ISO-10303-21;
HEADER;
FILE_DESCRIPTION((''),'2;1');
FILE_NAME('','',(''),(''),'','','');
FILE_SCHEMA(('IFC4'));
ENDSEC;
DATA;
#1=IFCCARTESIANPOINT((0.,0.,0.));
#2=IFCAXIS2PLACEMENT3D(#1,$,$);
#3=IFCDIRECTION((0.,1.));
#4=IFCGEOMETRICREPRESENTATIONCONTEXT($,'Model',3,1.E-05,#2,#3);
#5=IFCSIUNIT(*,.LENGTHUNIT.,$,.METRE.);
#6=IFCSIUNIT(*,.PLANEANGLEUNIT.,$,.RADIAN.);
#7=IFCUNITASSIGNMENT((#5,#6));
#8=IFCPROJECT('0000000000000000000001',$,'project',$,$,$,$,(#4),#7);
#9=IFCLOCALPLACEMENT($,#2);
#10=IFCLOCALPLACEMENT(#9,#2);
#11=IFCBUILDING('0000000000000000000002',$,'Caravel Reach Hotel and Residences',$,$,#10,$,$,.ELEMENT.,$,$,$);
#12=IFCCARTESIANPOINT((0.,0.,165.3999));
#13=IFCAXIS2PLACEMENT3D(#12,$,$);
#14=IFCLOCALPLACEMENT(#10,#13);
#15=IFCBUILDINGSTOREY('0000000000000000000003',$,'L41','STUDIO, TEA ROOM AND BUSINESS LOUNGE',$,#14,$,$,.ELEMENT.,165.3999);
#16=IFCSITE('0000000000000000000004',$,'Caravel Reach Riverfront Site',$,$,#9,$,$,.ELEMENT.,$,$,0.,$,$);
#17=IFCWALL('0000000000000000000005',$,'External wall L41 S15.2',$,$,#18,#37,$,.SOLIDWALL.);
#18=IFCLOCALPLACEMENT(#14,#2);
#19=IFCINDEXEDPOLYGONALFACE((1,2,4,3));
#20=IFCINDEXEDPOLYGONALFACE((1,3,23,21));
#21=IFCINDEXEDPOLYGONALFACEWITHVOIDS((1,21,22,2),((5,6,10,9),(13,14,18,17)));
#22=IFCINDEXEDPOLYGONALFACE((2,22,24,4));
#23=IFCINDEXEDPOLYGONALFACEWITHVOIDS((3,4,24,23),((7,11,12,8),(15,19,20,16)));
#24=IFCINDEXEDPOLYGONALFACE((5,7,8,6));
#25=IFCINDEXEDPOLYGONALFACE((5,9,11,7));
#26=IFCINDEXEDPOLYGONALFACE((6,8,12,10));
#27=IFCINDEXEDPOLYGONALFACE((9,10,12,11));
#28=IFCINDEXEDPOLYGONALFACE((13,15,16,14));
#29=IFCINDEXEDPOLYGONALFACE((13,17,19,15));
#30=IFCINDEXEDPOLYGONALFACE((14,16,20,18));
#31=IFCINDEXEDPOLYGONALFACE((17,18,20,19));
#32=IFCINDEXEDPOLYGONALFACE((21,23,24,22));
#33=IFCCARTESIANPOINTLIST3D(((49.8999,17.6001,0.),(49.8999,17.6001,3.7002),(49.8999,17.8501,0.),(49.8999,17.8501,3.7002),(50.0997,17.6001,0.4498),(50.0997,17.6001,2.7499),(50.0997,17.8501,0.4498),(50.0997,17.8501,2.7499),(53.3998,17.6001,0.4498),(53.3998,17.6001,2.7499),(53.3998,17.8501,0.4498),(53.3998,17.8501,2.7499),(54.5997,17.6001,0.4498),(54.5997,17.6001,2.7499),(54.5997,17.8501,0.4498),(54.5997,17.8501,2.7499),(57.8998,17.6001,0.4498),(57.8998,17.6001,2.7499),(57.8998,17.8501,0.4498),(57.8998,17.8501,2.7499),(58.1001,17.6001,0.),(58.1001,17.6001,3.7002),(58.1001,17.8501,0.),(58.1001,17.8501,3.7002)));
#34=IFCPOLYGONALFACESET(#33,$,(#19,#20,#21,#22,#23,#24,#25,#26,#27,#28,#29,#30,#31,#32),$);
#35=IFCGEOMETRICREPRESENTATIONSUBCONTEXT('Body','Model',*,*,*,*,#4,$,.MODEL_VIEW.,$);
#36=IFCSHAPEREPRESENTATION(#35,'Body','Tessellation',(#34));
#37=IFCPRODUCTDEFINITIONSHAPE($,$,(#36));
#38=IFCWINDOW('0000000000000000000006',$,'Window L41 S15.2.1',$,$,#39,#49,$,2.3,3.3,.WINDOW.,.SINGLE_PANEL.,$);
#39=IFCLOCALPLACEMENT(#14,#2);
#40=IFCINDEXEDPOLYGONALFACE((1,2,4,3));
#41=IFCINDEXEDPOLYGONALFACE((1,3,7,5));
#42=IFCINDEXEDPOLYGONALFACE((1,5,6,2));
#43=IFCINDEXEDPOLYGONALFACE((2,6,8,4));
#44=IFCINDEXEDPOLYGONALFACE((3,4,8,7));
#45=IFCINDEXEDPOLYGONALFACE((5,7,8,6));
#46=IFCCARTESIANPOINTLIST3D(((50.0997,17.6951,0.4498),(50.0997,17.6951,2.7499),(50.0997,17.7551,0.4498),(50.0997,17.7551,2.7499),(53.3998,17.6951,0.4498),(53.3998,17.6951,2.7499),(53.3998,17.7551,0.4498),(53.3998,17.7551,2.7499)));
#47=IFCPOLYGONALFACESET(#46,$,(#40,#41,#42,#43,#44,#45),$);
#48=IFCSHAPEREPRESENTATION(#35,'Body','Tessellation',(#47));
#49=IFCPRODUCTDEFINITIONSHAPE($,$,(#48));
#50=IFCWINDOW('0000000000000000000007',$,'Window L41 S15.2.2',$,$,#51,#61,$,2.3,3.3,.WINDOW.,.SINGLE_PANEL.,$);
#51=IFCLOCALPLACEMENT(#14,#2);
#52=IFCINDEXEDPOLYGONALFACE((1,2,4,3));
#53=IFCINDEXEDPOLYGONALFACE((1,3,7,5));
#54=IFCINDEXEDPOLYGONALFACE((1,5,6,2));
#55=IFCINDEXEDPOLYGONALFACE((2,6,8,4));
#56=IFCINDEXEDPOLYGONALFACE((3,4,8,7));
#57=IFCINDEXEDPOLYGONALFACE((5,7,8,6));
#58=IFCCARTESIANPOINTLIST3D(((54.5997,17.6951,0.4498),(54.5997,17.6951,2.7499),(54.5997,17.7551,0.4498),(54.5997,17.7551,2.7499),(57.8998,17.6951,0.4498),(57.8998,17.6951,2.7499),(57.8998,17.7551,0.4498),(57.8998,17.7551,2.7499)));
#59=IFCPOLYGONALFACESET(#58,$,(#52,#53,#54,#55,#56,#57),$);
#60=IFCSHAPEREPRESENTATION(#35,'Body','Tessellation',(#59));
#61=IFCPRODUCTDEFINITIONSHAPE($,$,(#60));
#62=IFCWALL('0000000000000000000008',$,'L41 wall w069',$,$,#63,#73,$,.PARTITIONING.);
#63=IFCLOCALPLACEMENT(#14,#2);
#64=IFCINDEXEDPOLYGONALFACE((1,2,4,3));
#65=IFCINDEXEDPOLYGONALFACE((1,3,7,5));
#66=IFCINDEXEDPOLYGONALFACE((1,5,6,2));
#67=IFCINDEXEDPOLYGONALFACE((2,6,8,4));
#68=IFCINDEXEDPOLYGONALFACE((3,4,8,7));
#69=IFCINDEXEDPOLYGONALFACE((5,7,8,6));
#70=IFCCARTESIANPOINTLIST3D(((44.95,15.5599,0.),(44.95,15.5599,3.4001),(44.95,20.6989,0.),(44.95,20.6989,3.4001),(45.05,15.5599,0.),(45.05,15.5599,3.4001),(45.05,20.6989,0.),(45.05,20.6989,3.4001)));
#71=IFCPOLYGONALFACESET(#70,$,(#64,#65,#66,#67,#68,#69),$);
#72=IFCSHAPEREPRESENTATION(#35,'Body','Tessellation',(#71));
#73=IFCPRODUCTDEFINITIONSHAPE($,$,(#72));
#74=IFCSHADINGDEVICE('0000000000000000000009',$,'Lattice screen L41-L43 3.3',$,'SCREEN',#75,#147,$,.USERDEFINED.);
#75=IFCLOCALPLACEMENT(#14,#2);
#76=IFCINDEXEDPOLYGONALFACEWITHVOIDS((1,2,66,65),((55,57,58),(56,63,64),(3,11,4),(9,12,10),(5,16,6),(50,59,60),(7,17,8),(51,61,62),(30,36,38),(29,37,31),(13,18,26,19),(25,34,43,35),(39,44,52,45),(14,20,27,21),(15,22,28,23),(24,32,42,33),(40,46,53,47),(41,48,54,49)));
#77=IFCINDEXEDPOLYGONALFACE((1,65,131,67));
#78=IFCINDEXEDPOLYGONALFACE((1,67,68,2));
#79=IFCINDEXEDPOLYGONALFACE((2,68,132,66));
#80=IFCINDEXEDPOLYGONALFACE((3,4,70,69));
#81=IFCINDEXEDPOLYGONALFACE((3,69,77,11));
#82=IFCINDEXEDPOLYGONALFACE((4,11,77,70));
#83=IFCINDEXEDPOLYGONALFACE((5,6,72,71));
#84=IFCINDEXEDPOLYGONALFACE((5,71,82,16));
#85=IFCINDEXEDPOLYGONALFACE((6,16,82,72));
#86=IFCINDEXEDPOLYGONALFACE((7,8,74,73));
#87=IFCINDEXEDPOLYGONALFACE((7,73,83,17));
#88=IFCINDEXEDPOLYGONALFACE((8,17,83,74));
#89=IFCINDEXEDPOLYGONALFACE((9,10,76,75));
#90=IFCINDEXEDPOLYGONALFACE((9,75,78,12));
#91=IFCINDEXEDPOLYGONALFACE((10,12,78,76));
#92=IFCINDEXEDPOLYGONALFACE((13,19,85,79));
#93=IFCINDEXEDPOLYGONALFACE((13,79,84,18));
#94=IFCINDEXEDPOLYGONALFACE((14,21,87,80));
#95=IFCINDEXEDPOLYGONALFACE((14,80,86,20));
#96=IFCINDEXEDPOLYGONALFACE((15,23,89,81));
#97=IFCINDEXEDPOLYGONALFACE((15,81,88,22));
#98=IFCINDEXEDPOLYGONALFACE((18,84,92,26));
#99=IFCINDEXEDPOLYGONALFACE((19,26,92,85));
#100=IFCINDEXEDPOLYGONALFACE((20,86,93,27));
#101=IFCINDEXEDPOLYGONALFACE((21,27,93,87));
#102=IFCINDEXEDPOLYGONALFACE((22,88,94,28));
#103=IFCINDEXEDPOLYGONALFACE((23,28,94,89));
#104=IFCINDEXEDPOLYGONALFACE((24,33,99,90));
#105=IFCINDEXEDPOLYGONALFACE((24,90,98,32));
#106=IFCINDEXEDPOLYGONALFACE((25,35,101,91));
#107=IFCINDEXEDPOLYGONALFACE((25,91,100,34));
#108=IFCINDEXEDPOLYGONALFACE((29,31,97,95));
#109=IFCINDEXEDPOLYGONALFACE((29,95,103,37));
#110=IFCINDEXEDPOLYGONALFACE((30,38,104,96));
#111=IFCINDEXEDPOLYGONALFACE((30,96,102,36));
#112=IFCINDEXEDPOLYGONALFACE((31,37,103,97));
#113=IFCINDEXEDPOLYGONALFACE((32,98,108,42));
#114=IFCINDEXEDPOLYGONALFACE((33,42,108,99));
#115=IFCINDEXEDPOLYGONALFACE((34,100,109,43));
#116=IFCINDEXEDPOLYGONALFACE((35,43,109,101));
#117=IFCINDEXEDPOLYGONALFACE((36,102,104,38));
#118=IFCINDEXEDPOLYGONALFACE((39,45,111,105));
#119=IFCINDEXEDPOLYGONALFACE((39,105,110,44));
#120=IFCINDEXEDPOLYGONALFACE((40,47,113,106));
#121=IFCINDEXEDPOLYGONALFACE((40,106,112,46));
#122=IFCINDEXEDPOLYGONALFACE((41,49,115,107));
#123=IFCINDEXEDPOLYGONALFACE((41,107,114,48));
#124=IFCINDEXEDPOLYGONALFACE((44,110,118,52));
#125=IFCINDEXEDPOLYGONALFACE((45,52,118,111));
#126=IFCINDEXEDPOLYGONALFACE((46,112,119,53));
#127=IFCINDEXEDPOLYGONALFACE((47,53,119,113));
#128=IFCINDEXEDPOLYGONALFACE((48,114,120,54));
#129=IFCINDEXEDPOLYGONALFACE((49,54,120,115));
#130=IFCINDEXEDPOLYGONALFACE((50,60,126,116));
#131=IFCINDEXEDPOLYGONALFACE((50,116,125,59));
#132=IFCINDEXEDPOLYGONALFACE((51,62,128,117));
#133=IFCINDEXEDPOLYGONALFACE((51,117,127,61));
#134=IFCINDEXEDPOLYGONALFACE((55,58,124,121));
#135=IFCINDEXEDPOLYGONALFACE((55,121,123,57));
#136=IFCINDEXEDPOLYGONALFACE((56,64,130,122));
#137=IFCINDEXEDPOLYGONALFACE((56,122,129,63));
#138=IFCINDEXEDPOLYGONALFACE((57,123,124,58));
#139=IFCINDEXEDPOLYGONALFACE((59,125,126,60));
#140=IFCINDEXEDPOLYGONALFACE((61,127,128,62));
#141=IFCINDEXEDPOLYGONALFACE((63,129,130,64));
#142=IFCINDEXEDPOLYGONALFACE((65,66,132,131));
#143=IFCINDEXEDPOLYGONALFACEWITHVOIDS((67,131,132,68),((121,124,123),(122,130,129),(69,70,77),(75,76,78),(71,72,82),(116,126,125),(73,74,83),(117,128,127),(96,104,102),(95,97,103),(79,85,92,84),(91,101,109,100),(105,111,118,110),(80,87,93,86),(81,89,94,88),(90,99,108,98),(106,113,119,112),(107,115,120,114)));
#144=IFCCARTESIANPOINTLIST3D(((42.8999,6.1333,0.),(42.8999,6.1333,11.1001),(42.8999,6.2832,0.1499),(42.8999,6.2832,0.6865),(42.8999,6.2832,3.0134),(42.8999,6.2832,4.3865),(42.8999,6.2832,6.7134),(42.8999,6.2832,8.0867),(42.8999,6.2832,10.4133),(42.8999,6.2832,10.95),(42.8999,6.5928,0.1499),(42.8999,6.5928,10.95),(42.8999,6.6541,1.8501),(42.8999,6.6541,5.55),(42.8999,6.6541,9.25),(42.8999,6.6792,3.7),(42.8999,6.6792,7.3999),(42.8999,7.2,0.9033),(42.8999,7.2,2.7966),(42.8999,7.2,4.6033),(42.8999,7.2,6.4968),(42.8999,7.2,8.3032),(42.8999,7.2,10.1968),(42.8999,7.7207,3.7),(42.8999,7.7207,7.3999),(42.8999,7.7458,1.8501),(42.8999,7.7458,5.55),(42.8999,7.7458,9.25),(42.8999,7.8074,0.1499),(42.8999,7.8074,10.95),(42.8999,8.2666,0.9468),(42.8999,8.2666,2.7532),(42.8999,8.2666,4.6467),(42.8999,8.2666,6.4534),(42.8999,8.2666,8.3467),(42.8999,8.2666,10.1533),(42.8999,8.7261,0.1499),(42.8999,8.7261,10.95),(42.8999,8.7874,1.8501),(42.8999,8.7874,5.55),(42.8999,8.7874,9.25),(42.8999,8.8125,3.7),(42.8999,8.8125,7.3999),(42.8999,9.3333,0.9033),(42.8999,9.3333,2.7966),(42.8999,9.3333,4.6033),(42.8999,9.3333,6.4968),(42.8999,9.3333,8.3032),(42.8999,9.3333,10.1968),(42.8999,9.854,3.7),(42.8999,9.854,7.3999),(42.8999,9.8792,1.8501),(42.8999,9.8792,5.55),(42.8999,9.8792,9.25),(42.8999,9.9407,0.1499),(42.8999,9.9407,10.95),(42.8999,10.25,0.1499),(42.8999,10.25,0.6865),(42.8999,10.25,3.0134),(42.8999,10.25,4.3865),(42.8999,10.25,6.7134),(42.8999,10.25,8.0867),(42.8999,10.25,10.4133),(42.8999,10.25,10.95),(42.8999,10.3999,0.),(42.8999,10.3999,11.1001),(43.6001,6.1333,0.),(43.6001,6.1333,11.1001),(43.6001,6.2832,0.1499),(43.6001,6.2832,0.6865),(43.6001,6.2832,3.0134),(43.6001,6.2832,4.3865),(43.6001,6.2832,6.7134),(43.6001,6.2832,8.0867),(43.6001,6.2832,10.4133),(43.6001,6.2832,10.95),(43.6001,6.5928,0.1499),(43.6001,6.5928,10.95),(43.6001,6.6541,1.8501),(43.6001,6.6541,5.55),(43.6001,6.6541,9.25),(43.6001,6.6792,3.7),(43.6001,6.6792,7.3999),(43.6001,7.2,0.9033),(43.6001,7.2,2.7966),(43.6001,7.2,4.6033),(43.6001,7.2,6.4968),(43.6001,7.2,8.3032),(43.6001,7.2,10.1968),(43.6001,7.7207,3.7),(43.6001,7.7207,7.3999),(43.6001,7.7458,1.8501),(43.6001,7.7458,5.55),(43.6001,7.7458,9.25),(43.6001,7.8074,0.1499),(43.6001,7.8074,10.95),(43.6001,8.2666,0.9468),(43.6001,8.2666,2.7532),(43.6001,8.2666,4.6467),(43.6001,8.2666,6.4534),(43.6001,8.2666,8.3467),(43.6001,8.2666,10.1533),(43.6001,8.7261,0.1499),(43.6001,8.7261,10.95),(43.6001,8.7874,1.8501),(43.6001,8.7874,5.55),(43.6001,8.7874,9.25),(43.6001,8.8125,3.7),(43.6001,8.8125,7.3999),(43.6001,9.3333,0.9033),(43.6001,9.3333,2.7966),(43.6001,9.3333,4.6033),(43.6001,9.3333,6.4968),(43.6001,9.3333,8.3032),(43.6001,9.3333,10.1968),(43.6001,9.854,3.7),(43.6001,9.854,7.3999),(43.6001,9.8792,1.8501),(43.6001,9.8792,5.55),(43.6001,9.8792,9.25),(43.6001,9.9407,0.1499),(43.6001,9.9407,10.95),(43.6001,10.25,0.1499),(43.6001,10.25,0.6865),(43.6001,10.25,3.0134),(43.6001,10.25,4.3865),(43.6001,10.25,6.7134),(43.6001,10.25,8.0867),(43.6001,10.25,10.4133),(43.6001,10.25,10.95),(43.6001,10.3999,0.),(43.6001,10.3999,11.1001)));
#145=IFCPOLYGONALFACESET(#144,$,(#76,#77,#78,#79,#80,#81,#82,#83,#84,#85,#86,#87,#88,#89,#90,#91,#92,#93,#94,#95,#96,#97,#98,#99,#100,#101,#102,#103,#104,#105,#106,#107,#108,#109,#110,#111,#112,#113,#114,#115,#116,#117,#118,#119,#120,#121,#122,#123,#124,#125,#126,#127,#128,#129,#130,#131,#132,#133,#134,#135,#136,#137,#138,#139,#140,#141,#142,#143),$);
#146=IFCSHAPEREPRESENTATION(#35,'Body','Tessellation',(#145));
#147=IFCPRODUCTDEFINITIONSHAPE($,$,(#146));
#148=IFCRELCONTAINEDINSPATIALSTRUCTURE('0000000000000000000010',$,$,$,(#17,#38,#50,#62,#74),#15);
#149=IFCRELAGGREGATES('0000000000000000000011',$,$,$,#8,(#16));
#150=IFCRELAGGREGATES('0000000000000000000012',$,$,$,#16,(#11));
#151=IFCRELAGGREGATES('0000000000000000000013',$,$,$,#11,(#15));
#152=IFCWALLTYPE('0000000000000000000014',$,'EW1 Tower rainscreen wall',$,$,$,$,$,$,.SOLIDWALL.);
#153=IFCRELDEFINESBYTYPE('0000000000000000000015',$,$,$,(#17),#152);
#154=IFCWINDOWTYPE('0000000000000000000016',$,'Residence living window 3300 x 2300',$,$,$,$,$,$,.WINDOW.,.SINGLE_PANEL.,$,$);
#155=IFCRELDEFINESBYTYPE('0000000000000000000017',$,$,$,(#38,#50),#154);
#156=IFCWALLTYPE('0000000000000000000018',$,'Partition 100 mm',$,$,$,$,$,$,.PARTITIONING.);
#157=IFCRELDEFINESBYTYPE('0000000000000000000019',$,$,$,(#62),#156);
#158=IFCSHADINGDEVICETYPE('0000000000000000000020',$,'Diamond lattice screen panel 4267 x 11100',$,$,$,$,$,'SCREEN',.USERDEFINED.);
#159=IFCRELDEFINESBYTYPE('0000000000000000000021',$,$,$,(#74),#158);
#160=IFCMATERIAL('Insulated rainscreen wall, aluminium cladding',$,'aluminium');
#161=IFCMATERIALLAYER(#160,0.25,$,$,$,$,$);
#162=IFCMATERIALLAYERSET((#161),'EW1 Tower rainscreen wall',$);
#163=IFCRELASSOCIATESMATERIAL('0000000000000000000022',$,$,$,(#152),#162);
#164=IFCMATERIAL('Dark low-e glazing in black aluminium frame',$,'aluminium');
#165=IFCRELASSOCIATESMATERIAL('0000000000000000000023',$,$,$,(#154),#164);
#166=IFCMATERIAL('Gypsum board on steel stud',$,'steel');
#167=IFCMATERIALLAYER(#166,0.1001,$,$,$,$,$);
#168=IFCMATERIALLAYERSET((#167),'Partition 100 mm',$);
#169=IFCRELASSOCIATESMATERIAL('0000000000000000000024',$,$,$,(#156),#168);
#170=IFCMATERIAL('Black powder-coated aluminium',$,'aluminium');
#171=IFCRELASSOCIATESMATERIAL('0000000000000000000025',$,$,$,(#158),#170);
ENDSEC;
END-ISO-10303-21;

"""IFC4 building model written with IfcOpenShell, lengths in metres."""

from ifc_helpers import new_model, si_unit, direction, frame, frame_2d, origin, place, context, subcontext, project, spatial, polyline, rectangle, outline, extrude, material, layer, layer_set, type_object, element, fill, save


model = new_model("IFC4")

# Units and contexts
model_context = context("Model", 3, precision=1e-05, world=origin(), true_north=direction((0.0, 1.0)))
body_context = subcontext(model_context, "Body", "Model", "MODEL_VIEW")
ifc_project = project(units=[si_unit("LENGTHUNIT", "METRE"), si_unit("PLANEANGLEUNIT", "RADIAN")], contexts=[model_context])

# Site, building, storey
site_placement = place(None, origin())
site = spatial("IfcSite", under=ifc_project, at=site_placement, Name="Caravel Reach Riverfront Site", CompositionType="ELEMENT", RefElevation=0.0)
building_placement = place(site_placement, origin())
building = spatial("IfcBuilding", under=site, at=building_placement, Name="Caravel Reach Hotel and Residences", CompositionType="ELEMENT")
storey_placement = place(building_placement, frame((0.0, 0.0, 165.3999)))
storey = spatial("IfcBuildingStorey", under=building, at=storey_placement, Name="L41", Description="STUDIO, TEA ROOM AND BUSINESS LOUNGE", CompositionType="ELEMENT", Elevation=165.3999)

# Shared definitions
ifc_material_1 = material(Name="Insulated rainscreen wall, aluminium cladding", Category="aluminium")
ifc_layer_1 = layer(ifc_material_1, 0.25)
ifc_layer_set_1 = layer_set([ifc_layer_1], Name="EW1 Tower rainscreen wall")
wall_type_1 = type_object("IfcWallType", Name="EW1 Tower rainscreen wall", PredefinedType="SOLIDWALL", material=ifc_layer_set_1)

# Wall, openings, windows
wall_1_placement = place(storey_placement, frame((49.8999, 17.7251, 0.0), z_axis=(0.0, 0.0, 1.0), x_axis=(1.0, 0.0, 0.0)))
wall_1 = element("IfcWall", 1, at=wall_1_placement, inside=storey, type_object=wall_type_1, Name="External wall L41 S15.2", PredefinedType="SOLIDWALL", context=body_context, shape_type="SweptSolid", body=[
    extrude(rectangle(XDim=8.2002, YDim=0.25, at=frame_2d((4.1001, 0.0))), origin(), (0.0, 0.0, 1.0), 3.7002),
])
opening_1_placement = place(wall_1_placement, frame((0.2, 0.0, 0.45)))
opening_1 = element("IfcOpeningElement", 2, at=opening_1_placement, cuts=wall_1, PredefinedType="OPENING", context=body_context, shape_type="SweptSolid", body=[
    extrude(rectangle(XDim=3.3, YDim=2.3, at=frame_2d((1.6499, 1.1499))), frame((0.0, 0.135, 0.0), z_axis=(0.0, -1.0, 0.0), x_axis=(1.0, 0.0, 0.0)), (0.0, 0.0, 1.0), 0.27),
])
opening_2_placement = place(wall_1_placement, frame((4.7, 0.0, 0.45)))
opening_2 = element("IfcOpeningElement", 3, at=opening_2_placement, cuts=wall_1, PredefinedType="OPENING", context=body_context, shape_type="SweptSolid", body=[
    extrude(rectangle(XDim=3.3, YDim=2.3, at=frame_2d((1.6499, 1.1499))), frame((0.0, 0.135, 0.0), z_axis=(0.0, -1.0, 0.0), x_axis=(1.0, 0.0, 0.0)), (0.0, 0.0, 1.0), 0.27),
])
ifc_material_2 = material(Name="Dark low-e glazing in black aluminium frame", Category="aluminium")
window_type_1 = type_object("IfcWindowType", Name="Residence living window 3300 x 2300", PartitioningType="SINGLE_PANEL", PredefinedType="WINDOW", material=ifc_material_2)
window_1_placement = place(opening_1_placement, origin())
window_1 = element("IfcWindow", 4, at=window_1_placement, inside=storey, type_object=window_type_1, Name="Window L41 S15.2.1", OverallHeight=2.3, OverallWidth=3.3, PartitioningType="SINGLE_PANEL", PredefinedType="WINDOW", context=body_context, shape_type="SweptSolid", body=[
    extrude(rectangle(XDim=3.3, YDim=2.3, at=frame_2d((1.6499, 1.1499))), frame((0.0, 0.03, 0.0), z_axis=(0.0, -1.0, 0.0), x_axis=(1.0, 0.0, 0.0)), (0.0, 0.0, 1.0), 0.0601),
])
fill(opening_1, window_1)
window_2_placement = place(opening_2_placement, origin())
window_2 = element("IfcWindow", 5, at=window_2_placement, inside=storey, type_object=window_type_1, Name="Window L41 S15.2.2", OverallHeight=2.3, OverallWidth=3.3, PartitioningType="SINGLE_PANEL", PredefinedType="WINDOW", context=body_context, shape_type="SweptSolid", body=[
    extrude(rectangle(XDim=3.3, YDim=2.3, at=frame_2d((1.6499, 1.1499))), frame((0.0, 0.03, 0.0), z_axis=(0.0, -1.0, 0.0), x_axis=(1.0, 0.0, 0.0)), (0.0, 0.0, 1.0), 0.0601),
])
fill(opening_2, window_2)

# Wall
ifc_material_3 = material(Name="Gypsum board on steel stud", Category="steel")
ifc_layer_2 = layer(ifc_material_3, 0.1001)
ifc_layer_set_2 = layer_set([ifc_layer_2], Name="Partition 100 mm")
wall_type_2 = type_object("IfcWallType", Name="Partition 100 mm", PredefinedType="PARTITIONING", material=ifc_layer_set_2)
wall_2_placement = place(storey_placement, frame((45.0, 15.5601, 0.0), z_axis=(0.0, 0.0, 1.0), x_axis=(0.0, 1.0, 0.0)))
element("IfcWall", 6, at=wall_2_placement, inside=storey, type_object=wall_type_2, Name="L41 wall w069", PredefinedType="PARTITIONING", context=body_context, shape_type="SweptSolid", body=[
    extrude(rectangle(XDim=5.1389, YDim=0.1001, at=frame_2d((2.5693, 0.0))), origin(), (0.0, 0.0, 1.0), 3.4001),
])

# Shading device
ifc_material_4 = material(Name="Black powder-coated aluminium", Category="aluminium")
shading_device_type_1 = type_object("IfcShadingDeviceType", Name="Diamond lattice screen panel 4267 x 11100", ElementType="SCREEN", PredefinedType="USERDEFINED", material=ifc_material_4)
shading_device_1_placement = place(storey_placement, frame((42.8999, 6.1333, 0.0), z_axis=(1.0, 0.0, 0.0), x_axis=(0.0, 1.0, 0.0)))
element("IfcShadingDevice", 7, at=shading_device_1_placement, inside=storey, type_object=shading_device_type_1, Name="Lattice screen L41-L43 3.3", ObjectType="SCREEN", PredefinedType="USERDEFINED", context=body_context, shape_type="SweptSolid", body=[
    extrude(outline(polyline([(0.0, 0.0), (4.2666, 0.0), (4.2666, 11.1001), (0.0, 11.1001), (0.0, 0.0)]), holes=[polyline([(0.4595, 0.1499), (0.1499, 0.6865), (0.1499, 0.1499), (0.4595, 0.1499)]), polyline([(0.5459, 3.7), (0.1499, 4.3865), (0.1499, 3.0134), (0.5459, 3.7)]), polyline([(0.5459, 7.3999), (0.1499, 8.0867), (0.1499, 6.7134), (0.5459, 7.3999)]), polyline([(0.1499, 10.4133), (0.4595, 10.95), (0.1499, 10.95), (0.1499, 10.4133)]), polyline([(1.0667, 2.7966), (0.5208, 1.8501), (1.0667, 0.9033), (1.6125, 1.8501), (1.0667, 2.7966)]), polyline([(1.0667, 6.4968), (0.5208, 5.55), (1.0667, 4.6033), (1.6125, 5.55), (1.0667, 6.4968)]), polyline([(1.0667, 10.1968), (0.5208, 9.25), (1.0667, 8.3032), (1.6125, 9.25), (1.0667, 10.1968)]), polyline([(2.1333, 0.9468), (1.6741, 0.1499), (2.5928, 0.1499), (2.1333, 0.9468)]), polyline([(2.1333, 4.6467), (1.5874, 3.7), (2.1333, 2.7532), (2.6792, 3.7), (2.1333, 4.6467)]), polyline([(2.1333, 8.3467), (1.5874, 7.3999), (2.1333, 6.4534), (2.6792, 7.3999), (2.1333, 8.3467)]), polyline([(2.1333, 10.1533), (2.5928, 10.95), (1.6741, 10.95), (2.1333, 10.1533)]), polyline([(3.2, 2.7966), (2.6541, 1.8501), (3.2, 0.9033), (3.7458, 1.8501), (3.2, 2.7966)]), polyline([(3.2, 6.4968), (2.6541, 5.55), (3.2, 4.6033), (3.7458, 5.55), (3.2, 6.4968)]), polyline([(3.2, 10.1968), (2.6541, 9.25), (3.2, 8.3032), (3.7458, 9.25), (3.2, 10.1968)]), polyline([(4.1167, 0.6865), (3.8074, 0.1499), (4.1167, 0.1499), (4.1167, 0.6865)]), polyline([(3.7207, 3.7), (4.1167, 3.0134), (4.1167, 4.3865), (3.7207, 3.7)]), polyline([(3.7207, 7.3999), (4.1167, 6.7134), (4.1167, 8.0867), (3.7207, 7.3999)]), polyline([(3.8074, 10.95), (4.1167, 10.4133), (4.1167, 10.95), (3.8074, 10.95)])]), origin(), (0.0, 0.0, 1.0), 0.7002),
])

save(model, "model.ifc")
